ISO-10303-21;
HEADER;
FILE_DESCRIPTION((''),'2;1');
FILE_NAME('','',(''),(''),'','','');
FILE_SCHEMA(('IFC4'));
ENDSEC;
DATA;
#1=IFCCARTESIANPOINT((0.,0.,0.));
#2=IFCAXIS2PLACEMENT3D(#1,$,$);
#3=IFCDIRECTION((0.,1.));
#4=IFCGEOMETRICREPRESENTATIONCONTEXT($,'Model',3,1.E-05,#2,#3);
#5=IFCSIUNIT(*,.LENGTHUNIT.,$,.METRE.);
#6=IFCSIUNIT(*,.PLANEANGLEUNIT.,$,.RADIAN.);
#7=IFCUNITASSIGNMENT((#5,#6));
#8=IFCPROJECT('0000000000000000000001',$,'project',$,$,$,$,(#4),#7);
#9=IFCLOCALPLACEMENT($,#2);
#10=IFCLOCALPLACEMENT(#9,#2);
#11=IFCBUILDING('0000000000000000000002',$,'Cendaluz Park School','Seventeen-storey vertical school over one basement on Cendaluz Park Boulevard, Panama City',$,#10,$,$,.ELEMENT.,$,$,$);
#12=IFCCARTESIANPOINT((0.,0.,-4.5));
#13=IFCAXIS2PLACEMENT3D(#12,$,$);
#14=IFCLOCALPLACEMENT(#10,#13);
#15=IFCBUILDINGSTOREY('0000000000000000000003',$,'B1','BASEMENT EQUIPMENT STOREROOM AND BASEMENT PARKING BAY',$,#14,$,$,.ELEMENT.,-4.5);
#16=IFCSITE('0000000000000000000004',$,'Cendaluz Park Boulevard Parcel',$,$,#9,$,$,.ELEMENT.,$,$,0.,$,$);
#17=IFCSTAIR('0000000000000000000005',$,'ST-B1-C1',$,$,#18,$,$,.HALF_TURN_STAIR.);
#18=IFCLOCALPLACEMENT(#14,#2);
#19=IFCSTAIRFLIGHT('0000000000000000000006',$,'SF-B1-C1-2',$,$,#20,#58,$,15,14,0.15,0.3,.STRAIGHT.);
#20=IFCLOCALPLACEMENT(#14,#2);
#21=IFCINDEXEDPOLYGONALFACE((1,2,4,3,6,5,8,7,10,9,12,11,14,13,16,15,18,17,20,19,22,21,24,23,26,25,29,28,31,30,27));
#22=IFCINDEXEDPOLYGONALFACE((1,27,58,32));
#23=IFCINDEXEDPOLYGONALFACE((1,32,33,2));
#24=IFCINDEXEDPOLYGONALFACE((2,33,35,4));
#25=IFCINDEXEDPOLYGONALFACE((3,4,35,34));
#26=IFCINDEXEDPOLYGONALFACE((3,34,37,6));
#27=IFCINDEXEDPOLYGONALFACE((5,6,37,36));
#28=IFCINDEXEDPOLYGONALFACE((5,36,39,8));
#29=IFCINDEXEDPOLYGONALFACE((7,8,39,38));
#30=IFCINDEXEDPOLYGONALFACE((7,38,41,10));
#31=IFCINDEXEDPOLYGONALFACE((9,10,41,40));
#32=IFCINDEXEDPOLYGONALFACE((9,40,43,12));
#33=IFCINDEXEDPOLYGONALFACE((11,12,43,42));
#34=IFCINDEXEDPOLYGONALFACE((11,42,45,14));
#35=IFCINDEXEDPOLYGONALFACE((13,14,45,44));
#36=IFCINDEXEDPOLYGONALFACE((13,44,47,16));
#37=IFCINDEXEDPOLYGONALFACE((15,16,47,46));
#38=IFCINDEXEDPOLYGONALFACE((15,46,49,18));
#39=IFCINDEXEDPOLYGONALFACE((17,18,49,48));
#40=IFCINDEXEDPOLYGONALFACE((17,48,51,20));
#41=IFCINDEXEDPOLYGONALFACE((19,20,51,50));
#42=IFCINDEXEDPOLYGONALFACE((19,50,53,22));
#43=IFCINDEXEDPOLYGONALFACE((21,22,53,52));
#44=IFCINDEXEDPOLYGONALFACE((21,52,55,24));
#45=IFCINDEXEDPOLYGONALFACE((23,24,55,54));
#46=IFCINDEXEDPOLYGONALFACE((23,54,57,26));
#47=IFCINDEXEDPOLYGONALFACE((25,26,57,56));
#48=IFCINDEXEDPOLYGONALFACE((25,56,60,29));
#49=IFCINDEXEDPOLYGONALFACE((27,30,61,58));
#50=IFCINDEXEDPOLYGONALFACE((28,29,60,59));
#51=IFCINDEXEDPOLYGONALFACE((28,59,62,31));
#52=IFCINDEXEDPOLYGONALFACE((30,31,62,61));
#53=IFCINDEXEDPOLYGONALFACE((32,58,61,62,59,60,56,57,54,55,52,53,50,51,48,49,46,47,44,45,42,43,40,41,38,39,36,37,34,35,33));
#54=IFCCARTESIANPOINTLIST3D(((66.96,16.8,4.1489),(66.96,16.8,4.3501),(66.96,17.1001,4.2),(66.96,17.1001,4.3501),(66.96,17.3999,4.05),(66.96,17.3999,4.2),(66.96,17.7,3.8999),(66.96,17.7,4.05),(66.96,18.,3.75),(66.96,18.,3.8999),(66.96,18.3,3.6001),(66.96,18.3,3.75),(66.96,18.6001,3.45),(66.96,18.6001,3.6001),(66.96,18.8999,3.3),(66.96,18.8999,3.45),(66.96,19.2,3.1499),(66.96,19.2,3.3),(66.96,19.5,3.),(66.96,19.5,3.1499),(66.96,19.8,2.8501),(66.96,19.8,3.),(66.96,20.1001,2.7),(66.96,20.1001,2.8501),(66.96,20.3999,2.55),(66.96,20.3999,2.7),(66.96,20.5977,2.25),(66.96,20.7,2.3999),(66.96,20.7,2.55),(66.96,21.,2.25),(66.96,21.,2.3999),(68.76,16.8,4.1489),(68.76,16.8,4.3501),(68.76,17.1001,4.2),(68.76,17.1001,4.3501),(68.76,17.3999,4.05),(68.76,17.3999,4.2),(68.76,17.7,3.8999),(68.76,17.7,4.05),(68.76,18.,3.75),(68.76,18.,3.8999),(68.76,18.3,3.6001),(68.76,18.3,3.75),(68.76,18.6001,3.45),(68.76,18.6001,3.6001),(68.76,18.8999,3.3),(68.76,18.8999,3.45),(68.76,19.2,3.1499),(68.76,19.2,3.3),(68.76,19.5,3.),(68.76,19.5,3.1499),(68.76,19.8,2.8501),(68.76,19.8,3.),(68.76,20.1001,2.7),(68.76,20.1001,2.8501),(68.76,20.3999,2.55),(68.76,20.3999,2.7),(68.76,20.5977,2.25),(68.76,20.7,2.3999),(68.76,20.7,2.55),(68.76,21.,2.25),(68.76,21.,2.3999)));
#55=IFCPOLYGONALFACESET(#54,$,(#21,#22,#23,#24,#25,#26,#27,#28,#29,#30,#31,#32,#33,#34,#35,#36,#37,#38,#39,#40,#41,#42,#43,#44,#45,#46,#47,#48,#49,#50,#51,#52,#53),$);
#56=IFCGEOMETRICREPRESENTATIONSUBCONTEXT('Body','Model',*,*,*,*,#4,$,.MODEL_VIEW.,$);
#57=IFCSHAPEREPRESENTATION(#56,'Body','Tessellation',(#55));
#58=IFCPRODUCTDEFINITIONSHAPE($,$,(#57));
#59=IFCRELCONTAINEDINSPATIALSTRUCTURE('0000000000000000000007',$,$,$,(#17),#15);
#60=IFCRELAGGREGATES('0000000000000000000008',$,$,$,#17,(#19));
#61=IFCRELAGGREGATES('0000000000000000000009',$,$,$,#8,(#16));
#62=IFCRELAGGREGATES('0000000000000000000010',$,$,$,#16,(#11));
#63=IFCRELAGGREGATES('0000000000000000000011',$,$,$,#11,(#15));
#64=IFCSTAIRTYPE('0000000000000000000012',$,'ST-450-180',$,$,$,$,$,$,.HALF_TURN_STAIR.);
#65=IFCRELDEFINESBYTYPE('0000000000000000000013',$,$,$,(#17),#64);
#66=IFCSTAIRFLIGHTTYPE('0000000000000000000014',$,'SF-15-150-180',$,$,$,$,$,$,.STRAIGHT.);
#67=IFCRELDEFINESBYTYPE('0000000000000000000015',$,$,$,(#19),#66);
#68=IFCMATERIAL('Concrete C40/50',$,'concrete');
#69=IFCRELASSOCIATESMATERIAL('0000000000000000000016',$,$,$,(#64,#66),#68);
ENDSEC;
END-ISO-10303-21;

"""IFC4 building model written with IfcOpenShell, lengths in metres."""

from ifc_helpers import new_model, si_unit, direction, frame, origin, place, context, subcontext, project, spatial, polyline, outline, extrude, material, type_object, element, aggregate, save


model = new_model("IFC4")

# Units and contexts
model_context = context("Model", 3, precision=1e-05, world=origin(), true_north=direction((0.0, 1.0)))
body_context = subcontext(model_context, "Body", "Model", "MODEL_VIEW")
ifc_project = project(units=[si_unit("LENGTHUNIT", "METRE"), si_unit("PLANEANGLEUNIT", "RADIAN")], contexts=[model_context])

# Site, building, storey
site_placement = place(None, origin())
site = spatial("IfcSite", under=ifc_project, at=site_placement, Name="Cendaluz Park Boulevard Parcel", CompositionType="ELEMENT", RefElevation=0.0)
building_placement = place(site_placement, origin())
building = spatial("IfcBuilding", under=site, at=building_placement, Name="Cendaluz Park School", Description="Seventeen-storey vertical school over one basement on Cendaluz Park Boulevard, Panama City", CompositionType="ELEMENT")
storey_placement = place(building_placement, frame((0.0, 0.0, -4.5)))
storey = spatial("IfcBuildingStorey", under=building, at=storey_placement, Name="B1", Description="BASEMENT EQUIPMENT STOREROOM AND BASEMENT PARKING BAY", CompositionType="ELEMENT", Elevation=-4.5)

# Shared definitions
ifc_material_1 = material(Name="Concrete C40/50", Category="concrete")

# Stair, stair flight
stair_type = type_object("IfcStairType", Name="ST-450-180", PredefinedType="HALF_TURN_STAIR", material=ifc_material_1)
stair_placement = place(storey_placement, origin())
stair = element("IfcStair", 1, at=stair_placement, inside=storey, type_object=stair_type, Name="ST-B1-C1", PredefinedType="HALF_TURN_STAIR")
stair_flight_type = type_object("IfcStairFlightType", Name="SF-15-150-180", PredefinedType="STRAIGHT", material=ifc_material_1)
stair_flight_1_placement = place(storey_placement, frame((67.8601, 21.0, 2.25), z_axis=(0.0, 0.0, 1.0), x_axis=(0.0, -1.0, 0.0)))
stair_flight_1 = element("IfcStairFlight", 2, at=stair_flight_1_placement, type_object=stair_flight_type, Name="SF-B1-C1-2", NumberOfRisers=15, NumberOfTreads=14, PredefinedType="STRAIGHT", RiserHeight=0.15, TreadLength=0.3, context=body_context, shape_type="SweptSolid", body=[
    extrude(outline(polyline([(0.0, 0.0), (0.0, 0.1499), (0.3, 0.1499), (0.3, 0.3), (0.6001, 0.3), (0.6001, 0.45), (0.8999, 0.45), (0.8999, 0.6001), (1.2, 0.6001), (1.2, 0.75), (1.5, 0.75), (1.5, 0.8999), (1.8, 0.8999), (1.8, 1.05), (2.1001, 1.05), (2.1001, 1.2), (2.3999, 1.2), (2.3999, 1.3501), (2.7, 1.3501), (2.7, 1.5), (3.0, 1.5), (3.0, 1.6499), (3.3, 1.6499), (3.3, 1.8), (3.6001, 1.8), (3.6001, 1.95), (3.8999, 1.95), (3.8999, 2.1001), (4.2, 2.1001), (4.2, 2.25), (4.2, 1.8989), (0.4023, 0.0), (0.0, 0.0)])), frame((0.0, 0.8999, 0.0), z_axis=(0.0, -1.0, 0.0), x_axis=(1.0, 0.0, 0.0)), (0.0, 0.0, 1.0), 1.8),
])
aggregate(stair, [stair_flight_1])

save(model, "model.ifc")
